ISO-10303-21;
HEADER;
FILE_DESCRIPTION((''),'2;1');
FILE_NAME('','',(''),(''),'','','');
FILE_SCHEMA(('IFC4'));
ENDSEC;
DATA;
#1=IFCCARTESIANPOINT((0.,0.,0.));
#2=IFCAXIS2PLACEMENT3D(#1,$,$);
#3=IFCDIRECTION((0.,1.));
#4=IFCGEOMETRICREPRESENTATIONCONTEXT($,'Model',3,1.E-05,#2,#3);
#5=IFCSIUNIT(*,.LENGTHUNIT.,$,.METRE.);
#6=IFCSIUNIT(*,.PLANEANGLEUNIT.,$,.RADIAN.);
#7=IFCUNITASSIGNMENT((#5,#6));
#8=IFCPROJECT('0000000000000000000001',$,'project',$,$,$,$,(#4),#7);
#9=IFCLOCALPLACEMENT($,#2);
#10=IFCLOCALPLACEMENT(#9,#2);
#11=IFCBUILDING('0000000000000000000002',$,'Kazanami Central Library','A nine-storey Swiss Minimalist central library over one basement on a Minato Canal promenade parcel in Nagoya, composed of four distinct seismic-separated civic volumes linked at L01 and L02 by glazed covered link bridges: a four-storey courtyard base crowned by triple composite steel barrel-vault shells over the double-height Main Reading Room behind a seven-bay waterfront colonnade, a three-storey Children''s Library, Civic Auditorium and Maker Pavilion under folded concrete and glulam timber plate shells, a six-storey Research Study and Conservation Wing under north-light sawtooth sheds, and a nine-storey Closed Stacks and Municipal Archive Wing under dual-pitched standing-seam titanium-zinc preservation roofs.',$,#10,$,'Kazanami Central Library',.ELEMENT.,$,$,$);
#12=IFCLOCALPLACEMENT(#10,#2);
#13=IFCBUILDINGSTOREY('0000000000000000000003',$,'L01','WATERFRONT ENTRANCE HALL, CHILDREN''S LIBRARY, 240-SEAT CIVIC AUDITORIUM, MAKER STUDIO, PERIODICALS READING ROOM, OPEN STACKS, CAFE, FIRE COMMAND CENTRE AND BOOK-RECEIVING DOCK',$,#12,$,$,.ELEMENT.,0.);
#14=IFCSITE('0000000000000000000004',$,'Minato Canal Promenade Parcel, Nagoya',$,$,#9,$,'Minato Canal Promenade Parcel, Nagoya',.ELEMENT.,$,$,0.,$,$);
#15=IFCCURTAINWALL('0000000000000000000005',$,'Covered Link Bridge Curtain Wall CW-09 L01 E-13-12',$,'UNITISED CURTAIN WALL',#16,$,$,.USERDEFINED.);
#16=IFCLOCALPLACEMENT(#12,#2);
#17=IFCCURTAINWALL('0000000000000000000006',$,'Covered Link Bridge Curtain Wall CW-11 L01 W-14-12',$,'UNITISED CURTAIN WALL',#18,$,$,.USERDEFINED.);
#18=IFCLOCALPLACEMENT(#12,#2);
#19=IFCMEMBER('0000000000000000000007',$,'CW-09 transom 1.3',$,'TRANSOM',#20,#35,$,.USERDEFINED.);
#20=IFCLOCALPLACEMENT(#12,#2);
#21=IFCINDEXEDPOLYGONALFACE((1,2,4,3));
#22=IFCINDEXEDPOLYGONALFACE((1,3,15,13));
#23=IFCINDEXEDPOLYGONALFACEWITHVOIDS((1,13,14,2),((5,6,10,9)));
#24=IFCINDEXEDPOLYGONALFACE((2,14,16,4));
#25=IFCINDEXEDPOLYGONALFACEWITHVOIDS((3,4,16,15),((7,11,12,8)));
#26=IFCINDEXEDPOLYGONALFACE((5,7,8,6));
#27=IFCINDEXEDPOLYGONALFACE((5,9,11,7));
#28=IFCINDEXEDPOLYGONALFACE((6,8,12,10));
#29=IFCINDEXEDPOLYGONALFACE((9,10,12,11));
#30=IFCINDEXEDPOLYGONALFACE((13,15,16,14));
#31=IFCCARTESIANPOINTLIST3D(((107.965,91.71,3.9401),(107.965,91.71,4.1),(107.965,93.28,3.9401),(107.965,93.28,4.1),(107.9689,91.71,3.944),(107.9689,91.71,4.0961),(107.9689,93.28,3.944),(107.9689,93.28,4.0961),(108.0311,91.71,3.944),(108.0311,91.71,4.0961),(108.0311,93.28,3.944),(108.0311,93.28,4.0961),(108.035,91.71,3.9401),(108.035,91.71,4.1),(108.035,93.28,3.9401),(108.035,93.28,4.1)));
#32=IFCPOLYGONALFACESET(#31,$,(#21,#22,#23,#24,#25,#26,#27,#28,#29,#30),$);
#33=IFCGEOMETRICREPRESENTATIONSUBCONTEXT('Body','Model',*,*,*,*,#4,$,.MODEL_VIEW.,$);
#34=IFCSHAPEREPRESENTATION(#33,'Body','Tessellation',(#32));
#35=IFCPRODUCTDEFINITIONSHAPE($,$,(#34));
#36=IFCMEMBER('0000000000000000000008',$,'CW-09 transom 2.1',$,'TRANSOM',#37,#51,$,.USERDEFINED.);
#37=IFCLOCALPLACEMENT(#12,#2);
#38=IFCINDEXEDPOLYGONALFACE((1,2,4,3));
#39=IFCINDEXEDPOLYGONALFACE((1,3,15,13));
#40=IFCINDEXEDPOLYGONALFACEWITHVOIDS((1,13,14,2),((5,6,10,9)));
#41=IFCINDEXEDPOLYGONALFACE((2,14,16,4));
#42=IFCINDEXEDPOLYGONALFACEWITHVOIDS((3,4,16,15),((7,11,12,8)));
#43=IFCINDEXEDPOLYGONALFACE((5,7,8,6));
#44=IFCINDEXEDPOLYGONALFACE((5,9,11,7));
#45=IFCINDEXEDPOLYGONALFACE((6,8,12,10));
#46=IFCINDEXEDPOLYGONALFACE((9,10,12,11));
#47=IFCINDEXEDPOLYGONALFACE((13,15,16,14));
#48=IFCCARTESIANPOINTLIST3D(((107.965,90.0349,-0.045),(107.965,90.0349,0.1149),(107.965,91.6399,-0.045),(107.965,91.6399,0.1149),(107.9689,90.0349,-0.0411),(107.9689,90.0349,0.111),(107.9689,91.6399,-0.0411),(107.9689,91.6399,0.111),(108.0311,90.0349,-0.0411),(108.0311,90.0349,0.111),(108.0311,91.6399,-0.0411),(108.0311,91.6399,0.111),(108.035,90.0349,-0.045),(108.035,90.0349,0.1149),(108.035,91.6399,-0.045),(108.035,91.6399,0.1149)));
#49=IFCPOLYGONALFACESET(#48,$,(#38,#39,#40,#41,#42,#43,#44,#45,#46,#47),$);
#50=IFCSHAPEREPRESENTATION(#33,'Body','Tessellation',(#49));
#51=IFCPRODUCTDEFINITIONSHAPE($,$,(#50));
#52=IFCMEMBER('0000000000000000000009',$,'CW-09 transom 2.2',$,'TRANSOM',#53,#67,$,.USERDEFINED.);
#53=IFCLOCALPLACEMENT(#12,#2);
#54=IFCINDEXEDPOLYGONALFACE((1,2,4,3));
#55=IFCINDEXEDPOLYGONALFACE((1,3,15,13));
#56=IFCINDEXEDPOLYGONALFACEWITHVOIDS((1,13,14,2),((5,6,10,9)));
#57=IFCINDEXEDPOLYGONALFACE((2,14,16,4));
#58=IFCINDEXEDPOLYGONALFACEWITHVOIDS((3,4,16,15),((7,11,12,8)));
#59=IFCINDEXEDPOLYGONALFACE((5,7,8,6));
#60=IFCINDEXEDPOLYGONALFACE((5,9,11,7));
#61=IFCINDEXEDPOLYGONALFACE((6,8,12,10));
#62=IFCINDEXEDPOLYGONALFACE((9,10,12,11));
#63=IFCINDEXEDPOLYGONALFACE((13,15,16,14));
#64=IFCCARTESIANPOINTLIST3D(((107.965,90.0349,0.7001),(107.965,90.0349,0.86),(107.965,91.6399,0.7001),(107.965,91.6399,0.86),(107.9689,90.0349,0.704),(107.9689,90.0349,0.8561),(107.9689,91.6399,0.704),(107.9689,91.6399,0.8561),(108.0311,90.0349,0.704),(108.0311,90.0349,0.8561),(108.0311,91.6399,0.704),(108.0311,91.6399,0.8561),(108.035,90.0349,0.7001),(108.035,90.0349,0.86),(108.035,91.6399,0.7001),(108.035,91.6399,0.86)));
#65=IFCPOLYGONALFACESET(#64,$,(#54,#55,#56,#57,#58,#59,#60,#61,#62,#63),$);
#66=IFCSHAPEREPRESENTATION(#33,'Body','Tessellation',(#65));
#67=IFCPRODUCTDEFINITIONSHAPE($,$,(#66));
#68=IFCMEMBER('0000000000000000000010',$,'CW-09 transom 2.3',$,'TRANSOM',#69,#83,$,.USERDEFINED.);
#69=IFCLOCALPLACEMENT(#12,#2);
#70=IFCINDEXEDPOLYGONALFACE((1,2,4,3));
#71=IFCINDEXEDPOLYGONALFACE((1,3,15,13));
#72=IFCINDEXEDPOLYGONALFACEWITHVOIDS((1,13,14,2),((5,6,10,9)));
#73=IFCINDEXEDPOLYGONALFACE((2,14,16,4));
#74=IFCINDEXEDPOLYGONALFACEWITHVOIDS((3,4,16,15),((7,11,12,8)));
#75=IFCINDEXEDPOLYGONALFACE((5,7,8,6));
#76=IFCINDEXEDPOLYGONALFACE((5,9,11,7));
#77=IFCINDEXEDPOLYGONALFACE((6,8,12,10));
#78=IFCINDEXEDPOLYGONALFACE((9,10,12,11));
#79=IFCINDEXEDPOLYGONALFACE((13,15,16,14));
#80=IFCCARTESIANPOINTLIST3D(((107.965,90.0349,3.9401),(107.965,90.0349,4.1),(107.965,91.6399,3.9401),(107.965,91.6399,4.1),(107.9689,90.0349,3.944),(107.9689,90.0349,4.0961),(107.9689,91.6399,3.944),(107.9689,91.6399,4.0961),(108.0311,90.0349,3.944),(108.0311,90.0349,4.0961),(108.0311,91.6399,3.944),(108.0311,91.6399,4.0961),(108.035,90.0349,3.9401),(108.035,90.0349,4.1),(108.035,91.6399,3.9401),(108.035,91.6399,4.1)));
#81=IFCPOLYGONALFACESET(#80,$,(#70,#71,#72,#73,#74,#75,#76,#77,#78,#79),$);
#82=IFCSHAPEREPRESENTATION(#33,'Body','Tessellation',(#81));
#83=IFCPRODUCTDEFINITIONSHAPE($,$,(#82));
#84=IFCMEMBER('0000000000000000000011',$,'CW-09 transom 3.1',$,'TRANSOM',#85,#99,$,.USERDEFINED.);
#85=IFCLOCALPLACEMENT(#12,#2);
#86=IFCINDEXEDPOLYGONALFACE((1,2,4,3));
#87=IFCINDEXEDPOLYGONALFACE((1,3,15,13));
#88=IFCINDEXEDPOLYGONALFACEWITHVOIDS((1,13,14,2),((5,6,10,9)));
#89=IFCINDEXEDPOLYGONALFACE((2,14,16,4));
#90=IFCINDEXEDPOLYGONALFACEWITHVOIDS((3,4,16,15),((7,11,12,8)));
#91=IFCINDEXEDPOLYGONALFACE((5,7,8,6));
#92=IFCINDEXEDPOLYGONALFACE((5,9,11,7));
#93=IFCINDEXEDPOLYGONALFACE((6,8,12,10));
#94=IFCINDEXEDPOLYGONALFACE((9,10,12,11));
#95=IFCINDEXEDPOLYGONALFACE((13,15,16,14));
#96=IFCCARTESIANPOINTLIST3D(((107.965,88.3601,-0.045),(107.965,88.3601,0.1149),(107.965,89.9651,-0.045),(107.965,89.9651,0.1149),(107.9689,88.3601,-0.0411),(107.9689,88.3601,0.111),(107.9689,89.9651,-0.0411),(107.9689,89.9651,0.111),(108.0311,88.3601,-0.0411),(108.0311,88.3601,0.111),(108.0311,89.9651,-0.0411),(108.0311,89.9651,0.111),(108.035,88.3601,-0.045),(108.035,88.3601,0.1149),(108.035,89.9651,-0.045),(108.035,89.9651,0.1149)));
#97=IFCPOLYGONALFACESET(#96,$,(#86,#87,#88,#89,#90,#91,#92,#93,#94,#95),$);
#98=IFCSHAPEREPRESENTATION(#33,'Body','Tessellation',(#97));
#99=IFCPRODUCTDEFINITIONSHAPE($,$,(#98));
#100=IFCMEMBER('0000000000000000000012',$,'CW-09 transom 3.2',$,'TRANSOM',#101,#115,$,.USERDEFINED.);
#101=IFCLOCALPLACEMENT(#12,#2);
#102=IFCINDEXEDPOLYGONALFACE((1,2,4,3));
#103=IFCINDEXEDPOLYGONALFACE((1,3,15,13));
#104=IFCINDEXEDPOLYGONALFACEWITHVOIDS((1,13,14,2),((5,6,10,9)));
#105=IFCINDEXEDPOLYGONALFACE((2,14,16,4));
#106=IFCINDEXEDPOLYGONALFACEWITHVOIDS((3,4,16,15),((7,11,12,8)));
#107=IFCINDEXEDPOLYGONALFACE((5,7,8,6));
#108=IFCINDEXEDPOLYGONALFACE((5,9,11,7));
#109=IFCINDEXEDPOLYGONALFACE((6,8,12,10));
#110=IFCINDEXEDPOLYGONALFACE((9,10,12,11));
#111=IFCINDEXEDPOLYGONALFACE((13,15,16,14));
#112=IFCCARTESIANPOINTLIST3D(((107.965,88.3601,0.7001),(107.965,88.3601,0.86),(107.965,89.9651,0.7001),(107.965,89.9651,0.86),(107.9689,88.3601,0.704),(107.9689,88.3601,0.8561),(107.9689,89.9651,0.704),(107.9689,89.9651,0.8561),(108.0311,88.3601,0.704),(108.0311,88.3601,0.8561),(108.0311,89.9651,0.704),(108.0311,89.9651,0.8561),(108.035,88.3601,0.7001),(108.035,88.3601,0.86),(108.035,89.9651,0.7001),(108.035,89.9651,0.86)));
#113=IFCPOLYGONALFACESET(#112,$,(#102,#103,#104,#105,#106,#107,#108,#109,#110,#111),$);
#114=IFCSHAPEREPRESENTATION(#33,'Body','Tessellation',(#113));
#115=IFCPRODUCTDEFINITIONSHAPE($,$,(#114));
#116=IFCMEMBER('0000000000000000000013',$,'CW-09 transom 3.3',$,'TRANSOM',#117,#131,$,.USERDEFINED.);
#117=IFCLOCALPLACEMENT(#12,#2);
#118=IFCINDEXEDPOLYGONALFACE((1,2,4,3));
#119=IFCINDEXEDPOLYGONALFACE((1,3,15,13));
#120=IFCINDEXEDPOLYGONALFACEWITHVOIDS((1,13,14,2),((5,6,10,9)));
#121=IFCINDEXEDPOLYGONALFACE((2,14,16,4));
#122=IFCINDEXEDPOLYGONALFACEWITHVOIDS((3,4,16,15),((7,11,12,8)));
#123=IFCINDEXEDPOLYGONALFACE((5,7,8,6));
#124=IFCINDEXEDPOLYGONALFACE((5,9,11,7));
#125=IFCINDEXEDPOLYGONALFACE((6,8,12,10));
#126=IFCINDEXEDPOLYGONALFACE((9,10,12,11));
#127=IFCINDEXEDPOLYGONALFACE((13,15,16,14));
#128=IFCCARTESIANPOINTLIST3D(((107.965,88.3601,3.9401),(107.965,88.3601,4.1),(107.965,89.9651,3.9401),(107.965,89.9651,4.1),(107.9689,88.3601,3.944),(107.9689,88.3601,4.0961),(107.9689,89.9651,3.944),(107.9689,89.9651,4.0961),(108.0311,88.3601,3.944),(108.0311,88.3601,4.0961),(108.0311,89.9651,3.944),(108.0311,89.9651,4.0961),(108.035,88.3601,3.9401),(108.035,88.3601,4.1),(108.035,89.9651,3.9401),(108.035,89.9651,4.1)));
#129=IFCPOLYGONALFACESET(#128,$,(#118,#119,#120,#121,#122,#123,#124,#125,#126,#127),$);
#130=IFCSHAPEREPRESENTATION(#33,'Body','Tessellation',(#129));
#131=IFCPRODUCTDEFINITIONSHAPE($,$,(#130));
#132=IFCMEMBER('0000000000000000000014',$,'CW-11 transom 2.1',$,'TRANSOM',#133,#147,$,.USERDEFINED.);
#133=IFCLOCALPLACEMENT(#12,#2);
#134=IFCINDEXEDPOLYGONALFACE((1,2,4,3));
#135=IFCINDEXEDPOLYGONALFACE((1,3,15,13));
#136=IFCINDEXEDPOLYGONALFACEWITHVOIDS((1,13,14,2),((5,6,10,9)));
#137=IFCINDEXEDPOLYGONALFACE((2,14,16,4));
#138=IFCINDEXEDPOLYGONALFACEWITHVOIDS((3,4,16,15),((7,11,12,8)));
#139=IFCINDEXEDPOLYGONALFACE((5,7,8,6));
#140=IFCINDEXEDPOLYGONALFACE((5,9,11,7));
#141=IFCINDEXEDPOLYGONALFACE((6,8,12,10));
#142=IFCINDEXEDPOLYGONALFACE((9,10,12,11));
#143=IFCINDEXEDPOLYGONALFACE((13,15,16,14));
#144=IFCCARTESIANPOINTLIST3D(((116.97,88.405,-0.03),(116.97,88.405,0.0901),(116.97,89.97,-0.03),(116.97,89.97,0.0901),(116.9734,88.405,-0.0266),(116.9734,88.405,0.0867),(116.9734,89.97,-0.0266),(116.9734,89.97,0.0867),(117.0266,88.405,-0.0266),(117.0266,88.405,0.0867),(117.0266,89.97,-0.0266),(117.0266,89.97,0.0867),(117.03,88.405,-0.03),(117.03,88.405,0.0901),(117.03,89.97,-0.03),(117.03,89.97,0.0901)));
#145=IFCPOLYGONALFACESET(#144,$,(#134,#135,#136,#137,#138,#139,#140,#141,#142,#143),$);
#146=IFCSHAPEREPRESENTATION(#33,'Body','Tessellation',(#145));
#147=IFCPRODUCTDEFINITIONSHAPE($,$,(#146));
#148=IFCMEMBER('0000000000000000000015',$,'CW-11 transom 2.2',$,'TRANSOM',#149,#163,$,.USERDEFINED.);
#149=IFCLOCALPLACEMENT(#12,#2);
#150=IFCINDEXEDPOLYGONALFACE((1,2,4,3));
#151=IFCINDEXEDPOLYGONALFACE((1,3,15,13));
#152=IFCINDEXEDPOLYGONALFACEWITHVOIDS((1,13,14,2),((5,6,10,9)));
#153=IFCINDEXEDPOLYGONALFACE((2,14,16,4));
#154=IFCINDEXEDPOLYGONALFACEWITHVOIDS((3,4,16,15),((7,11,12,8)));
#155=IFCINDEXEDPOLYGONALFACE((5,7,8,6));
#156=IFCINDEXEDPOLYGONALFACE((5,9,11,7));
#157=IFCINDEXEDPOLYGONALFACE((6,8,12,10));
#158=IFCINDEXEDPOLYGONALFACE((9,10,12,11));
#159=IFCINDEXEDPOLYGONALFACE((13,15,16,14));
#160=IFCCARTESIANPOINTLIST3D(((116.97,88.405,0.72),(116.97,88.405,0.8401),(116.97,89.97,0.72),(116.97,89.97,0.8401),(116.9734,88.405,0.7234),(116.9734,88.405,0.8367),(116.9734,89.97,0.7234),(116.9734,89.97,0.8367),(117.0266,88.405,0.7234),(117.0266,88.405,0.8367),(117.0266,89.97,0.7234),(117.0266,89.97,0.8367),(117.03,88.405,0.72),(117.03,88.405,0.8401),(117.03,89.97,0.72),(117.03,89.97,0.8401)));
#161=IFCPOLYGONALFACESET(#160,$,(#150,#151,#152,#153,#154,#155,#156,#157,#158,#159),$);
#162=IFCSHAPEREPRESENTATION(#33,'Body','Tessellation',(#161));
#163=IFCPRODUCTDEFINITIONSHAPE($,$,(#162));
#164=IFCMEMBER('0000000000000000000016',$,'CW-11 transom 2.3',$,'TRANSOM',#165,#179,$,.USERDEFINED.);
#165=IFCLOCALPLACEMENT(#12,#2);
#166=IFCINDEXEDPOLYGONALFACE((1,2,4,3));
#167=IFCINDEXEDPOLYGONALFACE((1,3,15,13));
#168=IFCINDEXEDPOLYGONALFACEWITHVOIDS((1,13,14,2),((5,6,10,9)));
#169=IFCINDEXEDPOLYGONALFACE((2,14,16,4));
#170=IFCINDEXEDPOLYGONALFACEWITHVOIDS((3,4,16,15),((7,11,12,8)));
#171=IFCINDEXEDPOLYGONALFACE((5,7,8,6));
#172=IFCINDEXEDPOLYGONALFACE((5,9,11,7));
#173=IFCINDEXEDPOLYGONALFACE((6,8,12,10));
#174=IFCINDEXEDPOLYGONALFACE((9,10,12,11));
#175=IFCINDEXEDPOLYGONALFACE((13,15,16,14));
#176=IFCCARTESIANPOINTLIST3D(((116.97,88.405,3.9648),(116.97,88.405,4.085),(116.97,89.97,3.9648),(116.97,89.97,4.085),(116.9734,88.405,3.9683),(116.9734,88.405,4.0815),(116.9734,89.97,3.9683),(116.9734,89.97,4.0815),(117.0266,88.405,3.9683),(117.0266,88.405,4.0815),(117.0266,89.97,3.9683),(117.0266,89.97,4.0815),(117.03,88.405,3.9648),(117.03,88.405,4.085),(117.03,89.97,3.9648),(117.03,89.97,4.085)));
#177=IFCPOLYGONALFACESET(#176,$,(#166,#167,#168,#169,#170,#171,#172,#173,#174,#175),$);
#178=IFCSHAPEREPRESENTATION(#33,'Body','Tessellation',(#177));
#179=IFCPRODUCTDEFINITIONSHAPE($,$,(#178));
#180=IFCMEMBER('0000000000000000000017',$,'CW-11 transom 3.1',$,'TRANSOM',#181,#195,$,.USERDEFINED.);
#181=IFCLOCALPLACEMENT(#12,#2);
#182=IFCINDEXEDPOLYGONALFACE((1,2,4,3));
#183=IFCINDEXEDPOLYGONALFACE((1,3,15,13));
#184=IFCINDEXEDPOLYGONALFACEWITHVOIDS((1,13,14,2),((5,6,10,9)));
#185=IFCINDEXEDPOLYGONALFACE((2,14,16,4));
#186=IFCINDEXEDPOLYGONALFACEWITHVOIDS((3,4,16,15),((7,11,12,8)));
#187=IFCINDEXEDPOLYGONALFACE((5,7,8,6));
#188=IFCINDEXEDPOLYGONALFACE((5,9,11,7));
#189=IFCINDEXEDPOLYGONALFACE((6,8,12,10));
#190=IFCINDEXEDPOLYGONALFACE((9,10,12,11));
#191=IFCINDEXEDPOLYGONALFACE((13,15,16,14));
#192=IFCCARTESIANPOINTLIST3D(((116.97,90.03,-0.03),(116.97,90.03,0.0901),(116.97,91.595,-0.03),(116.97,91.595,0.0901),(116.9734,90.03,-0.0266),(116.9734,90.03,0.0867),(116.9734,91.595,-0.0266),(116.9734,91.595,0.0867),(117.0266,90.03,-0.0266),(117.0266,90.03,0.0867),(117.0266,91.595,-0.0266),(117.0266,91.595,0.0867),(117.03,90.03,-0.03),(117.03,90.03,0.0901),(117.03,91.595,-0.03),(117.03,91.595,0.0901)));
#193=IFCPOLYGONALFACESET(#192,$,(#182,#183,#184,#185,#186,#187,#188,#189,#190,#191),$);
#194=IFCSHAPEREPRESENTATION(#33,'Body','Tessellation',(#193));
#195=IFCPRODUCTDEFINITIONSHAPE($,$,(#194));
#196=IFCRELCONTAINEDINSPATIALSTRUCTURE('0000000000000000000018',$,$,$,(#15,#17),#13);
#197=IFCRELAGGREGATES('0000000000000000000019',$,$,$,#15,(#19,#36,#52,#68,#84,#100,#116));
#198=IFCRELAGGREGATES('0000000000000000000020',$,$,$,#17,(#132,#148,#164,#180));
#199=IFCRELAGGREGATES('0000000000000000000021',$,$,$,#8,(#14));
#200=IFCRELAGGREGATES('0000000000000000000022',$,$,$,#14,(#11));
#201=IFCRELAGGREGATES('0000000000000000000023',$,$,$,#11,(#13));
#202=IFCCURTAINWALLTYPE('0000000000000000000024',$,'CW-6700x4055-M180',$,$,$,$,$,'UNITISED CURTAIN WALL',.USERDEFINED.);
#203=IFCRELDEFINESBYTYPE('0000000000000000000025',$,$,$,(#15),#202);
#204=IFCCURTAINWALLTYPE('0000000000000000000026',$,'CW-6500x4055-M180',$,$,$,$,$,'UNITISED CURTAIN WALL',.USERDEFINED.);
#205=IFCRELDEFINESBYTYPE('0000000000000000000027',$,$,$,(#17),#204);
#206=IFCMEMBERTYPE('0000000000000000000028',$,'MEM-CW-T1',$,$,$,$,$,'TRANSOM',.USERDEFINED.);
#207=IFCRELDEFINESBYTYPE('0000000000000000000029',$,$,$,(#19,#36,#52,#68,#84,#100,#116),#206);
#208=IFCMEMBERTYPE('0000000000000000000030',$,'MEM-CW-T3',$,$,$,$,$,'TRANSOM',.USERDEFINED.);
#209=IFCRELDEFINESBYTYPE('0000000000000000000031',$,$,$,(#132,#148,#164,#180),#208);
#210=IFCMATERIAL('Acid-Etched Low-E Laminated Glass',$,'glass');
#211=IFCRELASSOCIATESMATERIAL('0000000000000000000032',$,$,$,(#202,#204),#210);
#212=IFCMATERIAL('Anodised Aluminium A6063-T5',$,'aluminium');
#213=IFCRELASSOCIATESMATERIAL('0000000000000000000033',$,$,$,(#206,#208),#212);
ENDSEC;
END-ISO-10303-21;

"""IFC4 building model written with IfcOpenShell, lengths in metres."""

from ifc_helpers import new_model, si_unit, direction, frame, origin, origin_2d, place, context, subcontext, project, spatial, hollow_rectangle, extrude, material, material_profile, profile_set, type_object, element, aggregate, save


model = new_model("IFC4")

# Units and contexts
model_context = context("Model", 3, precision=1e-05, world=origin(), true_north=direction((0.0, 1.0)))
body_context = subcontext(model_context, "Body", "Model", "MODEL_VIEW")
ifc_project = project(units=[si_unit("LENGTHUNIT", "METRE"), si_unit("PLANEANGLEUNIT", "RADIAN")], contexts=[model_context])

# Site, building, storey
site_placement = place(None, origin())
site = spatial("IfcSite", under=ifc_project, at=site_placement, Name="Minato Canal Promenade Parcel, Nagoya", LongName="Minato Canal Promenade Parcel, Nagoya", CompositionType="ELEMENT", RefElevation=0.0)
building_placement = place(site_placement, origin())
building = spatial("IfcBuilding", under=site, at=building_placement, Name="Kazanami Central Library", Description="A nine-storey Swiss Minimalist central library over one basement on a Minato Canal promenade parcel in Nagoya, composed of four distinct seismic-separated civic volumes linked at L01 and L02 by glazed covered link bridges: a four-storey courtyard base crowned by triple composite steel barrel-vault shells over the double-height Main Reading Room behind a seven-bay waterfront colonnade, a three-storey Children's Library, Civic Auditorium and Maker Pavilion under folded concrete and glulam timber plate shells, a six-storey Research Study and Conservation Wing under north-light sawtooth sheds, and a nine-storey Closed Stacks and Municipal Archive Wing under dual-pitched standing-seam titanium-zinc preservation roofs.", LongName="Kazanami Central Library", CompositionType="ELEMENT")
storey_placement = place(building_placement, origin())
storey = spatial("IfcBuildingStorey", under=building, at=storey_placement, Name="L01", Description="WATERFRONT ENTRANCE HALL, CHILDREN'S LIBRARY, 240-SEAT CIVIC AUDITORIUM, MAKER STUDIO, PERIODICALS READING ROOM, OPEN STACKS, CAFE, FIRE COMMAND CENTRE AND BOOK-RECEIVING DOCK", CompositionType="ELEMENT", Elevation=0.0)

# Curtain walls
ifc_material_1 = material(Name="Acid-Etched Low-E Laminated Glass", Category="glass")
curtain_wall_type_1 = type_object("IfcCurtainWallType", Name="CW-6700x4055-M180", ElementType="UNITISED CURTAIN WALL", PredefinedType="USERDEFINED", material=ifc_material_1)
curtain_wall_1_placement = place(storey_placement, origin())
curtain_wall_1 = element("IfcCurtainWall", 1, at=curtain_wall_1_placement, inside=storey, type_object=curtain_wall_type_1, Name="Covered Link Bridge Curtain Wall CW-09 L01 E-13-12", ObjectType="UNITISED CURTAIN WALL", PredefinedType="USERDEFINED")
ifc_material_2 = material(Name="Anodised Aluminium A6063-T5", Category="aluminium")
curtain_wall_type_2 = type_object("IfcCurtainWallType", Name="CW-6500x4055-M180", ElementType="UNITISED CURTAIN WALL", PredefinedType="USERDEFINED", material=ifc_material_1)
curtain_wall_2_placement = place(storey_placement, origin())
curtain_wall_2 = element("IfcCurtainWall", 2, at=curtain_wall_2_placement, inside=storey, type_object=curtain_wall_type_2, Name="Covered Link Bridge Curtain Wall CW-11 L01 W-14-12", ObjectType="UNITISED CURTAIN WALL", PredefinedType="USERDEFINED")

# Members
ifc_material_profile_1 = material_profile(ifc_material_2, hollow_rectangle(XDim=0.0701, YDim=0.1599, WallThickness=0.0039, at=origin_2d()), Name="ALU-TRAN-70x160x4")
ifc_profile_set_1 = profile_set([ifc_material_profile_1], Name="Anodised Aluminium A6063-T5")
member_type_1 = type_object("IfcMemberType", Name="MEM-CW-T1", ElementType="TRANSOM", PredefinedType="USERDEFINED", material=ifc_profile_set_1)
member_1_placement = place(storey_placement, frame((108.0, 93.28, 4.02), z_axis=(0.0, -1.0, 0.0), x_axis=(1.0, 0.0, 0.0)))
member_1 = element("IfcMember", 3, at=member_1_placement, type_object=member_type_1, Name="CW-09 transom 1.3", ObjectType="TRANSOM", PredefinedType="USERDEFINED", context=body_context, shape_type="SweptSolid", body=[
    extrude(hollow_rectangle(XDim=0.0701, YDim=0.1599, WallThickness=0.0039, at=origin_2d()), origin(), (0.0, 0.0, 1.0), 1.5701),
])
member_2_placement = place(storey_placement, frame((108.0, 91.6399, 0.0349), z_axis=(0.0, -1.0, 0.0), x_axis=(1.0, 0.0, 0.0)))
member_2 = element("IfcMember", 4, at=member_2_placement, type_object=member_type_1, Name="CW-09 transom 2.1", ObjectType="TRANSOM", PredefinedType="USERDEFINED", context=body_context, shape_type="SweptSolid", body=[
    extrude(hollow_rectangle(XDim=0.0701, YDim=0.1599, WallThickness=0.0039, at=origin_2d()), origin(), (0.0, 0.0, 1.0), 1.605),
])
member_3_placement = place(storey_placement, frame((108.0, 91.6399, 0.78), z_axis=(0.0, -1.0, 0.0), x_axis=(1.0, 0.0, 0.0)))
member_3 = element("IfcMember", 5, at=member_3_placement, type_object=member_type_1, Name="CW-09 transom 2.2", ObjectType="TRANSOM", PredefinedType="USERDEFINED", context=body_context, shape_type="SweptSolid", body=[
    extrude(hollow_rectangle(XDim=0.0701, YDim=0.1599, WallThickness=0.0039, at=origin_2d()), origin(), (0.0, 0.0, 1.0), 1.605),
])
member_4_placement = place(storey_placement, frame((108.0, 91.6399, 4.02), z_axis=(0.0, -1.0, 0.0), x_axis=(1.0, 0.0, 0.0)))
member_4 = element("IfcMember", 6, at=member_4_placement, type_object=member_type_1, Name="CW-09 transom 2.3", ObjectType="TRANSOM", PredefinedType="USERDEFINED", context=body_context, shape_type="SweptSolid", body=[
    extrude(hollow_rectangle(XDim=0.0701, YDim=0.1599, WallThickness=0.0039, at=origin_2d()), origin(), (0.0, 0.0, 1.0), 1.605),
])
member_5_placement = place(storey_placement, frame((108.0, 89.9651, 0.0349), z_axis=(0.0, -1.0, 0.0), x_axis=(1.0, 0.0, 0.0)))
member_5 = element("IfcMember", 7, at=member_5_placement, type_object=member_type_1, Name="CW-09 transom 3.1", ObjectType="TRANSOM", PredefinedType="USERDEFINED", context=body_context, shape_type="SweptSolid", body=[
    extrude(hollow_rectangle(XDim=0.0701, YDim=0.1599, WallThickness=0.0039, at=origin_2d()), origin(), (0.0, 0.0, 1.0), 1.605),
])
member_6_placement = place(storey_placement, frame((108.0, 89.9651, 0.78), z_axis=(0.0, -1.0, 0.0), x_axis=(1.0, 0.0, 0.0)))
member_6 = element("IfcMember", 8, at=member_6_placement, type_object=member_type_1, Name="CW-09 transom 3.2", ObjectType="TRANSOM", PredefinedType="USERDEFINED", context=body_context, shape_type="SweptSolid", body=[
    extrude(hollow_rectangle(XDim=0.0701, YDim=0.1599, WallThickness=0.0039, at=origin_2d()), origin(), (0.0, 0.0, 1.0), 1.605),
])
member_7_placement = place(storey_placement, frame((108.0, 89.9651, 4.02), z_axis=(0.0, -1.0, 0.0), x_axis=(1.0, 0.0, 0.0)))
member_7 = element("IfcMember", 9, at=member_7_placement, type_object=member_type_1, Name="CW-09 transom 3.3", ObjectType="TRANSOM", PredefinedType="USERDEFINED", context=body_context, shape_type="SweptSolid", body=[
    extrude(hollow_rectangle(XDim=0.0701, YDim=0.1599, WallThickness=0.0039, at=origin_2d()), origin(), (0.0, 0.0, 1.0), 1.605),
])
ifc_material_profile_2 = material_profile(ifc_material_2, hollow_rectangle(XDim=0.0601, YDim=0.1201, WallThickness=0.0034, at=origin_2d()), Name="ALU-TRAN-60x120x3.5")
ifc_profile_set_2 = profile_set([ifc_material_profile_2], Name="Anodised Aluminium A6063-T5")
member_type_2 = type_object("IfcMemberType", Name="MEM-CW-T3", ElementType="TRANSOM", PredefinedType="USERDEFINED", material=ifc_profile_set_2)
member_8_placement = place(storey_placement, frame((117.0, 88.405, 0.03), z_axis=(0.0, 1.0, 0.0), x_axis=(-1.0, 0.0, 0.0)))
member_8 = element("IfcMember", 10, at=member_8_placement, type_object=member_type_2, Name="CW-11 transom 2.1", ObjectType="TRANSOM", PredefinedType="USERDEFINED", context=body_context, shape_type="SweptSolid", body=[
    extrude(hollow_rectangle(XDim=0.0601, YDim=0.1201, WallThickness=0.0034, at=origin_2d()), origin(), (0.0, 0.0, 1.0), 1.5649),
])
member_9_placement = place(storey_placement, frame((117.0, 88.405, 0.78), z_axis=(0.0, 1.0, 0.0), x_axis=(-1.0, 0.0, 0.0)))
member_9 = element("IfcMember", 11, at=member_9_placement, type_object=member_type_2, Name="CW-11 transom 2.2", ObjectType="TRANSOM", PredefinedType="USERDEFINED", context=body_context, shape_type="SweptSolid", body=[
    extrude(hollow_rectangle(XDim=0.0601, YDim=0.1201, WallThickness=0.0034, at=origin_2d()), origin(), (0.0, 0.0, 1.0), 1.5649),
])
member_10_placement = place(storey_placement, frame((117.0, 88.405, 4.0249), z_axis=(0.0, 1.0, 0.0), x_axis=(-1.0, 0.0, 0.0)))
member_10 = element("IfcMember", 12, at=member_10_placement, type_object=member_type_2, Name="CW-11 transom 2.3", ObjectType="TRANSOM", PredefinedType="USERDEFINED", context=body_context, shape_type="SweptSolid", body=[
    extrude(hollow_rectangle(XDim=0.0601, YDim=0.1201, WallThickness=0.0034, at=origin_2d()), origin(), (0.0, 0.0, 1.0), 1.5649),
])
member_11_placement = place(storey_placement, frame((117.0, 90.03, 0.03), z_axis=(0.0, 1.0, 0.0), x_axis=(-1.0, 0.0, 0.0)))
member_11 = element("IfcMember", 13, at=member_11_placement, type_object=member_type_2, Name="CW-11 transom 3.1", ObjectType="TRANSOM", PredefinedType="USERDEFINED", context=body_context, shape_type="SweptSolid", body=[
    extrude(hollow_rectangle(XDim=0.0601, YDim=0.1201, WallThickness=0.0034, at=origin_2d()), origin(), (0.0, 0.0, 1.0), 1.5649),
])

aggregate(curtain_wall_1, [member_1, member_2, member_3, member_4, member_5, member_6, member_7])
aggregate(curtain_wall_2, [member_8, member_9, member_10, member_11])

save(model, "model.ifc")
